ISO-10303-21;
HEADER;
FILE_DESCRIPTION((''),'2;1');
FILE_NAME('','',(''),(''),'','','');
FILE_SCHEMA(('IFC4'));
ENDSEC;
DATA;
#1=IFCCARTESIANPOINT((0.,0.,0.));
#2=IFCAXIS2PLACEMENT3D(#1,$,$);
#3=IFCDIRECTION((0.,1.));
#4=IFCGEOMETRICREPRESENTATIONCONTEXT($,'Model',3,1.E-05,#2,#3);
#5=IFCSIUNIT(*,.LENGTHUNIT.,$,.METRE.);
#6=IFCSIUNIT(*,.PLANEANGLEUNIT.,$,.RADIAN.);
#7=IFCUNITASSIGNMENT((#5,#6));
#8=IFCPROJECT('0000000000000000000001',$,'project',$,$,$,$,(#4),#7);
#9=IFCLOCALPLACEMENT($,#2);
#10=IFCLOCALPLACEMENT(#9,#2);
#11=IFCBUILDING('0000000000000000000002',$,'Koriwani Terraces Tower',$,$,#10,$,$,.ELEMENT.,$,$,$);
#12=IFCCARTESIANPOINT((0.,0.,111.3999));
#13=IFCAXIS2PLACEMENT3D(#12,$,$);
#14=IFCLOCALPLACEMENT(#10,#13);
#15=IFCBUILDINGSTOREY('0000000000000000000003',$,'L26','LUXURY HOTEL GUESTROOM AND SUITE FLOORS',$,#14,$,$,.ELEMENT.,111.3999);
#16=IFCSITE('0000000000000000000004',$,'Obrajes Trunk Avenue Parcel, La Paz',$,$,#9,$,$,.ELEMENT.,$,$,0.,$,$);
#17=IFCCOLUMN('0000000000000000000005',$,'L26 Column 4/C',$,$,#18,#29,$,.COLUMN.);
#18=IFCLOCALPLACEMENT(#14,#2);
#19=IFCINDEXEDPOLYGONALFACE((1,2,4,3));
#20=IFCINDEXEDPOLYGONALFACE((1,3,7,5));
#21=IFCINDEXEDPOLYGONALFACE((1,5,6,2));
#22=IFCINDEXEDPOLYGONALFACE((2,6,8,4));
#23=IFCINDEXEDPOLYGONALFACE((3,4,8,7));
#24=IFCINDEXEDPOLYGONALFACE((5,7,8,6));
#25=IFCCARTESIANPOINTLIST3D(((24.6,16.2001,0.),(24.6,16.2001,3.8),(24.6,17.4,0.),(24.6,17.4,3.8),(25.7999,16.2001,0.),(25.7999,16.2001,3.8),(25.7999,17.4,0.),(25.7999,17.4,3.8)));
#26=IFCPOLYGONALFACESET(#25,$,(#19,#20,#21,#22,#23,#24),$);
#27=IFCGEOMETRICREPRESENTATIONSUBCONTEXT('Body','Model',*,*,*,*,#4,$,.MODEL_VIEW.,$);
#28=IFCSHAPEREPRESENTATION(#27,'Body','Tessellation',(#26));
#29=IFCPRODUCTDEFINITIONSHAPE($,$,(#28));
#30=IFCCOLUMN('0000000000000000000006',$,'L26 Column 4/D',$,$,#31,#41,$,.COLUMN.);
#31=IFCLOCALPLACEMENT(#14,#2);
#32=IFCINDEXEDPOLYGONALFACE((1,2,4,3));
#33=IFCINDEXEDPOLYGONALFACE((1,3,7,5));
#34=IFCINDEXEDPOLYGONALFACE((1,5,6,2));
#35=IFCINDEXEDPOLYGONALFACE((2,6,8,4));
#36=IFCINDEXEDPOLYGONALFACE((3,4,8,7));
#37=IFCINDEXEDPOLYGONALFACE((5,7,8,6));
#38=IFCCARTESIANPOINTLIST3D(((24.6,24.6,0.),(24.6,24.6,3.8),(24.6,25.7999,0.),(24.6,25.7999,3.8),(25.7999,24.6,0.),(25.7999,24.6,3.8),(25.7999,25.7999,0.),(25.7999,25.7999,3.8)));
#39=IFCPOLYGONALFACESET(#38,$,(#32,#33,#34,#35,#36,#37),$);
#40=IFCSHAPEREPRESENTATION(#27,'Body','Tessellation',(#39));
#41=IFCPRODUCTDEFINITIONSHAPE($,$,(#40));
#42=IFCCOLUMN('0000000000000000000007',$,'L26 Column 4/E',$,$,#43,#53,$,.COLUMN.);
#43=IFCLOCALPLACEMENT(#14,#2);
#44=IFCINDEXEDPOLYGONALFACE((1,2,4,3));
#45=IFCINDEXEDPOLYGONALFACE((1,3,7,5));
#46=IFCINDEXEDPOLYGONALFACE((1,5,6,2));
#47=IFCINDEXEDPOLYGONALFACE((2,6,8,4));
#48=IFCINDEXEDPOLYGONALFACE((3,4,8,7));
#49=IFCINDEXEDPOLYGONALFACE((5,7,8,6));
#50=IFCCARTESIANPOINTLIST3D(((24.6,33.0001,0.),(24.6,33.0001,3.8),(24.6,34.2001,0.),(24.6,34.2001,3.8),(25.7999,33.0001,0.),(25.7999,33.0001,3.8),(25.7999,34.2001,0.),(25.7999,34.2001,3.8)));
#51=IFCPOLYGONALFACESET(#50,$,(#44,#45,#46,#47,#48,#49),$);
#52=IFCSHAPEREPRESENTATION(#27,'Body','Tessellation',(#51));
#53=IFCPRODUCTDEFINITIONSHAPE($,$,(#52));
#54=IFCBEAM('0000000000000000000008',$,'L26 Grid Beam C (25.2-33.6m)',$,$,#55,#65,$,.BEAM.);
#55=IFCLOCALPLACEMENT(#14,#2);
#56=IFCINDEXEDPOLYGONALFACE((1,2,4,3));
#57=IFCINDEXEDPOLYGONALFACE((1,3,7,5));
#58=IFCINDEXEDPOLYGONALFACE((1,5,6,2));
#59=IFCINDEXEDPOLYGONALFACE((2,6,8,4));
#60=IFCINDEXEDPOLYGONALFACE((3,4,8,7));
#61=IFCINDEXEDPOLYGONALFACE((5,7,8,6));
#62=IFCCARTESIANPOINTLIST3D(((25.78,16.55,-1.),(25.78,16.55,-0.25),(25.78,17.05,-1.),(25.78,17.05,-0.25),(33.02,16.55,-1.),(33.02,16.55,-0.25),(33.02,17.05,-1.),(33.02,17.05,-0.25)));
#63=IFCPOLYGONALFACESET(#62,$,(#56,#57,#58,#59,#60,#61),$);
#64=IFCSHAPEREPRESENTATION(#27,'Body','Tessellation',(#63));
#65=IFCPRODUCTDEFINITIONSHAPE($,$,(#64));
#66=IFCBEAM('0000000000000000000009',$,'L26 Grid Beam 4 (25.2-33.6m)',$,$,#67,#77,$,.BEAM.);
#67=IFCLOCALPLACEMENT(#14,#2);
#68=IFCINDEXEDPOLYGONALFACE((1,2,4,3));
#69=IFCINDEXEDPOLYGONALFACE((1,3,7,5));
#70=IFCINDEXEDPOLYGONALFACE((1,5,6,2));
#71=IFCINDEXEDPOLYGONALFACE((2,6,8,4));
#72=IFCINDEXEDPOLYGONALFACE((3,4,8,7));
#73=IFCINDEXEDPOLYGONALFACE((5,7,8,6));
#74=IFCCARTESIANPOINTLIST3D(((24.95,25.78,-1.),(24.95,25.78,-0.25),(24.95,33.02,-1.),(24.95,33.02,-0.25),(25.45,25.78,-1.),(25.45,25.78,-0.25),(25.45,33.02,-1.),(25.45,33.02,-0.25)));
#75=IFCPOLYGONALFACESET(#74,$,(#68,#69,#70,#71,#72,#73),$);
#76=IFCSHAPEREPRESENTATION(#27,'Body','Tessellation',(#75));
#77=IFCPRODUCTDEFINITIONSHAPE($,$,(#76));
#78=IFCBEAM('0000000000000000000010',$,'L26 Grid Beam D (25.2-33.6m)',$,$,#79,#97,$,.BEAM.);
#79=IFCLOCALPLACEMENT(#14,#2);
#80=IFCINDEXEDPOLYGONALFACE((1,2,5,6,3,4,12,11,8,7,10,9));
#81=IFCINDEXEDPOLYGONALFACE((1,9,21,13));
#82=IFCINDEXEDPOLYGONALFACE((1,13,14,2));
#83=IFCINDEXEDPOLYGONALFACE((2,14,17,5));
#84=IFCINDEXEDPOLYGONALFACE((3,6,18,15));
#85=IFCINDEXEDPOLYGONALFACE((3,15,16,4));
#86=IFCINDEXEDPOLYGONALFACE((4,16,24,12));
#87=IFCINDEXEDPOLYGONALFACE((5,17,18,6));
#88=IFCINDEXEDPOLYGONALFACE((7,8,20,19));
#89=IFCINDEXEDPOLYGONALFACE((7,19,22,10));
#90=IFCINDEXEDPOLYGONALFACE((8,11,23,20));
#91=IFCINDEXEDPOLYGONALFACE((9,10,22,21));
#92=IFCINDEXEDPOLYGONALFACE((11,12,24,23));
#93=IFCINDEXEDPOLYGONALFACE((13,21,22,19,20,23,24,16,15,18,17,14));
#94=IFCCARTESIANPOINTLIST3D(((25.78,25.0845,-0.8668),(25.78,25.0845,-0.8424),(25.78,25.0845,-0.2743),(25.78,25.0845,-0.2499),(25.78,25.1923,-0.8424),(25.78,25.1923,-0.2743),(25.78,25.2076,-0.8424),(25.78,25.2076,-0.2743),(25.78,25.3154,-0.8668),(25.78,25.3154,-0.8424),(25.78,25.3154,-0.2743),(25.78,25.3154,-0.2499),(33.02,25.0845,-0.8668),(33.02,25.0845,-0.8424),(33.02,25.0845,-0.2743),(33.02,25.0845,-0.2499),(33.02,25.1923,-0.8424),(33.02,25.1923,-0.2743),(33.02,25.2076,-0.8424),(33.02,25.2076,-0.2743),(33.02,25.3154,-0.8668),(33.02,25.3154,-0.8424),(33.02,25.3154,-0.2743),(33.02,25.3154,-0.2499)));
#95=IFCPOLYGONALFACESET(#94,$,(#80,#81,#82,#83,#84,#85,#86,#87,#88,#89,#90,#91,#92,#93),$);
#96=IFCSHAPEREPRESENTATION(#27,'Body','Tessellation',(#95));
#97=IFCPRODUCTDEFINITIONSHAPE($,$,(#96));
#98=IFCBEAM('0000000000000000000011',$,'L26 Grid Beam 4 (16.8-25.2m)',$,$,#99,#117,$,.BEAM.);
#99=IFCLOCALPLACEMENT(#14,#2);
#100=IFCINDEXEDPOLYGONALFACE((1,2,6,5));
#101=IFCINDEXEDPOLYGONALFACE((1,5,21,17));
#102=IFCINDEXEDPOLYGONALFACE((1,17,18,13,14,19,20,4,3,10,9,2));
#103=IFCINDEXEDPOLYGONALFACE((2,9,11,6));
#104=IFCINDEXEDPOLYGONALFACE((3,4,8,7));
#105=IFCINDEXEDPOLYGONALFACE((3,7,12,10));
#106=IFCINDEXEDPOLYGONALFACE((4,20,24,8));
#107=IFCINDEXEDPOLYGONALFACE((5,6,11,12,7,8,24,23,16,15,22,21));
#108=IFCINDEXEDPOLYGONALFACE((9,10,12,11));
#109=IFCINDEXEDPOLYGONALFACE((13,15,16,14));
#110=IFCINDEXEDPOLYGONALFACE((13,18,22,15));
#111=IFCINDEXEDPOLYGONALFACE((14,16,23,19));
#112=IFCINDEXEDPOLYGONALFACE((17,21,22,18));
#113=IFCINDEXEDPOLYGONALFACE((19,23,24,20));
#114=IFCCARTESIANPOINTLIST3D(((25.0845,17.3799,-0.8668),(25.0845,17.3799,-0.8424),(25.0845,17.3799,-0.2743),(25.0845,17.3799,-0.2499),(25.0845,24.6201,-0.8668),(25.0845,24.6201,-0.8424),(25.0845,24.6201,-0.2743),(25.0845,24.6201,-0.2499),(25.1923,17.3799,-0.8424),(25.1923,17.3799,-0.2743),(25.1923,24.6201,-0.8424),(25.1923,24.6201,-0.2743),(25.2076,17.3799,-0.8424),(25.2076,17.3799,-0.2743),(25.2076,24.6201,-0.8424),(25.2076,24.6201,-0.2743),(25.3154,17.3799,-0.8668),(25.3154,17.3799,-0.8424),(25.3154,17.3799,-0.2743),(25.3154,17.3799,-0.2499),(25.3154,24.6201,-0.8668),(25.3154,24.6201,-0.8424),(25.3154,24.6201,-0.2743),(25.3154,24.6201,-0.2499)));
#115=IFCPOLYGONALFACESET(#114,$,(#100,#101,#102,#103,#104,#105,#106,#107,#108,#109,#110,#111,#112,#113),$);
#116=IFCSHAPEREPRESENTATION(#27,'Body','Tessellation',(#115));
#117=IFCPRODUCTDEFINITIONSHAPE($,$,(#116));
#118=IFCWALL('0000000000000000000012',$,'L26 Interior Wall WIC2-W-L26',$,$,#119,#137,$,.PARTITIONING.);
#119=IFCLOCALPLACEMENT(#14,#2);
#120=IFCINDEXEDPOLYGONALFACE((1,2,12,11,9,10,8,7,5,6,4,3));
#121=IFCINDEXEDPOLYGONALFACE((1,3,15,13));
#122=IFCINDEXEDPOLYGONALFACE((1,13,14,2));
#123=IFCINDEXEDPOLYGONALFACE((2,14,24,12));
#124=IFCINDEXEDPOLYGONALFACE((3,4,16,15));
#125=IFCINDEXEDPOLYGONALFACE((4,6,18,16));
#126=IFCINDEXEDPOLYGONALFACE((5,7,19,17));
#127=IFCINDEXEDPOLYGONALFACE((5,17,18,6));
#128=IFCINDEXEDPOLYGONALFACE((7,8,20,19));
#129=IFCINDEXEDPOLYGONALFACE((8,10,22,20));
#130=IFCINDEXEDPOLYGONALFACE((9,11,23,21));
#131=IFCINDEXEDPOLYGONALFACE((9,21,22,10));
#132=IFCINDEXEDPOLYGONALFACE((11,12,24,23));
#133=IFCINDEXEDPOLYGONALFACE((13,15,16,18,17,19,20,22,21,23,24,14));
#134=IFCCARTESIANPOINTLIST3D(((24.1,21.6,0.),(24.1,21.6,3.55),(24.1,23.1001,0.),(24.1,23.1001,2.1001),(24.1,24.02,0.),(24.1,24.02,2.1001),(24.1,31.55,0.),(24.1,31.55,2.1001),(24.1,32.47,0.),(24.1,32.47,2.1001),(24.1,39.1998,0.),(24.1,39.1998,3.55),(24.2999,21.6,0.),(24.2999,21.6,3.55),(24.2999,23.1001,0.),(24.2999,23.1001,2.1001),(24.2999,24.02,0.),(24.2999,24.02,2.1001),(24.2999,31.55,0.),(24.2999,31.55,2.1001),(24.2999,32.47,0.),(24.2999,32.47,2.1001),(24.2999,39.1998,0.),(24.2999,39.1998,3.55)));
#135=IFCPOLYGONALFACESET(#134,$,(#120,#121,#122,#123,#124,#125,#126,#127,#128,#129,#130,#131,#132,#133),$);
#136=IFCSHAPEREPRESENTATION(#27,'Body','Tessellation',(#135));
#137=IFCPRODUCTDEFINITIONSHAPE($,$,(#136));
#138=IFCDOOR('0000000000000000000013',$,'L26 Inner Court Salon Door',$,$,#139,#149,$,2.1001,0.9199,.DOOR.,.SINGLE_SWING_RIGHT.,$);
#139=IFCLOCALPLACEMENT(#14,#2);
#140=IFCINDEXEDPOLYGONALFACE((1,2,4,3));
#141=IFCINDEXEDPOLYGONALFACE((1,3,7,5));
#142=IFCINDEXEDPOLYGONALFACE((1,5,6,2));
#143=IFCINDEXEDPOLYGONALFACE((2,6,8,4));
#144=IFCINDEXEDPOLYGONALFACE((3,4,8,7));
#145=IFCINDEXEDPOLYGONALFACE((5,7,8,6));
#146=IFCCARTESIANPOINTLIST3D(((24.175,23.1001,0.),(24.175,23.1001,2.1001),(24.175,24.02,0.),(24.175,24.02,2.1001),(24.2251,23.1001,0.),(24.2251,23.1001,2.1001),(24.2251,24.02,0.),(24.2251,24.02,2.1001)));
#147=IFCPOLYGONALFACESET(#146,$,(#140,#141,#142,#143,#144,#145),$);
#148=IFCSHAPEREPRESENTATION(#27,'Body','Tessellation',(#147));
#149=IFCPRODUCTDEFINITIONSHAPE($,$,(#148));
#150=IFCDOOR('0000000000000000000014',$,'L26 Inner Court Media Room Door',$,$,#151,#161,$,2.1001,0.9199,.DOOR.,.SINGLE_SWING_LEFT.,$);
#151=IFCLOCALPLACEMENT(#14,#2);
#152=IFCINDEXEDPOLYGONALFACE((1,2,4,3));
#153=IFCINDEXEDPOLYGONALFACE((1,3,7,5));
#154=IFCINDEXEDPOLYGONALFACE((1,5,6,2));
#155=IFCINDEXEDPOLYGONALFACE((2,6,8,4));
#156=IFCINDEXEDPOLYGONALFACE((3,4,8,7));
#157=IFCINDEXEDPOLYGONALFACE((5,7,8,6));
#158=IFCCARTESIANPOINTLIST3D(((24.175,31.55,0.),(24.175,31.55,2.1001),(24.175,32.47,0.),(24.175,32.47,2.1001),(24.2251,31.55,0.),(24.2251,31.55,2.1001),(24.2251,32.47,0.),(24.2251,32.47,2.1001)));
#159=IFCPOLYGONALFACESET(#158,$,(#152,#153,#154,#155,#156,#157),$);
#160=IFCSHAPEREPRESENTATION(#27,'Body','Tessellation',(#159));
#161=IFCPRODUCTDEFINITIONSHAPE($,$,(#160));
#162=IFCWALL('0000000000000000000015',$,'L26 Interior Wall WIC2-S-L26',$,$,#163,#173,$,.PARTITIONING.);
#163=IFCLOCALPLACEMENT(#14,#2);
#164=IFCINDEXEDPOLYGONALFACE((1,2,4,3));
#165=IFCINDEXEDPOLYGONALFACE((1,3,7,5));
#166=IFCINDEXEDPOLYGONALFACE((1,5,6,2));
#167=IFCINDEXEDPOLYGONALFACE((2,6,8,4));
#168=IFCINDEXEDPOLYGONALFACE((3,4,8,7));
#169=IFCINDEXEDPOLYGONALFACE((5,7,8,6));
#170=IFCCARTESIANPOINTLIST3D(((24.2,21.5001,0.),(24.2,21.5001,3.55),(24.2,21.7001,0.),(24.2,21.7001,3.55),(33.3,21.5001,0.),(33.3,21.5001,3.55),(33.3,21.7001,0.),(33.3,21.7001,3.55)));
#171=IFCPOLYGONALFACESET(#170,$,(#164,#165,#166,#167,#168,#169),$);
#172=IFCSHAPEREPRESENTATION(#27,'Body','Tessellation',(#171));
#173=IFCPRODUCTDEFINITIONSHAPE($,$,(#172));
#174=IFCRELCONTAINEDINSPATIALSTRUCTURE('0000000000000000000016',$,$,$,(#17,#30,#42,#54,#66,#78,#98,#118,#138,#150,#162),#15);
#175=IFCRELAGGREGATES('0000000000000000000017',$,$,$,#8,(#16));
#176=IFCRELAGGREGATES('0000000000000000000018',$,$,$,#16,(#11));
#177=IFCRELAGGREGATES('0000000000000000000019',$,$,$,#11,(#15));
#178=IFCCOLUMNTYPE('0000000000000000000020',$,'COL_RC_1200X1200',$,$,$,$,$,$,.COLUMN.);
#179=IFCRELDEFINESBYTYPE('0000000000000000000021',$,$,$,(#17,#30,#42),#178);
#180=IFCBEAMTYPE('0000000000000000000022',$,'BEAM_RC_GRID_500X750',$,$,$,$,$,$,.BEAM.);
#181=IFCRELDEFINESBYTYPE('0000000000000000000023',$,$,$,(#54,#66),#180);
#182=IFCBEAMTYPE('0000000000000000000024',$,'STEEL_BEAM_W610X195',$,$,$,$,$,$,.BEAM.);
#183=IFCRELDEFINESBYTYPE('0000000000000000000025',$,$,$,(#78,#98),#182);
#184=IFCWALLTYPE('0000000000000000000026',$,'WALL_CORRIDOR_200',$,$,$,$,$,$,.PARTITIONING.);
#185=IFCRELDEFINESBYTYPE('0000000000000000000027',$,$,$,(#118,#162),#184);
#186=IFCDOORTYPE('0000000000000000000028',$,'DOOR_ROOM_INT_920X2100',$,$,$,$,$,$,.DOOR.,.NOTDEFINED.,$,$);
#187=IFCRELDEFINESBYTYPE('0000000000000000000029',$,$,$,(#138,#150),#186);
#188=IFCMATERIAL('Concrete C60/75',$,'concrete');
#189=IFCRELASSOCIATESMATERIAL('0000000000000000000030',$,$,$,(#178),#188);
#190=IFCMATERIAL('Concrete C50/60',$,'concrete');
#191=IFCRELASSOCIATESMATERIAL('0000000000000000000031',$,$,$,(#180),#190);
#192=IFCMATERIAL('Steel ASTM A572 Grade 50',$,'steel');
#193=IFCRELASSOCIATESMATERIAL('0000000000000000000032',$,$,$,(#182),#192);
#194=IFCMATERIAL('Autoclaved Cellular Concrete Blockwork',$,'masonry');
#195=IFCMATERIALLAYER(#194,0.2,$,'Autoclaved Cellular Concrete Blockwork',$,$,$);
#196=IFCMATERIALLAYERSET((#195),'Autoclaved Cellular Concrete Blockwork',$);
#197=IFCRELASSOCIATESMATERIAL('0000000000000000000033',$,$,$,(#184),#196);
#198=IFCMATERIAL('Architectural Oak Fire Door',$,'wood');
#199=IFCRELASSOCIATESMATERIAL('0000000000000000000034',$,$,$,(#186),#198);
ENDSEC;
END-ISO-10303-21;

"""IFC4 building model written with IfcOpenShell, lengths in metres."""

from ifc_helpers import new_model, si_unit, direction, frame, frame_2d, origin, origin_2d, place, context, subcontext, project, spatial, rectangle, i_section, extrude, material, layer, layer_set, material_profile, profile_set, type_object, element, fill, save


model = new_model("IFC4")

# Units and contexts
model_context = context("Model", 3, precision=1e-05, world=origin(), true_north=direction((0.0, 1.0)))
body_context = subcontext(model_context, "Body", "Model", "MODEL_VIEW")
ifc_project = project(units=[si_unit("LENGTHUNIT", "METRE"), si_unit("PLANEANGLEUNIT", "RADIAN")], contexts=[model_context])

# Site, building, storey
site_placement = place(None, origin())
site = spatial("IfcSite", under=ifc_project, at=site_placement, Name="Obrajes Trunk Avenue Parcel, La Paz", CompositionType="ELEMENT", RefElevation=0.0)
building_placement = place(site_placement, origin())
building = spatial("IfcBuilding", under=site, at=building_placement, Name="Koriwani Terraces Tower", CompositionType="ELEMENT")
storey_placement = place(building_placement, frame((0.0, 0.0, 111.3999)))
storey = spatial("IfcBuildingStorey", under=building, at=storey_placement, Name="L26", Description="LUXURY HOTEL GUESTROOM AND SUITE FLOORS", CompositionType="ELEMENT", Elevation=111.3999)

# Columns
ifc_material_1 = material(Name="Concrete C60/75", Category="concrete")
ifc_material_profile_1 = material_profile(ifc_material_1, rectangle(XDim=1.2, YDim=1.2, at=origin_2d()), Name="Concrete C60/75", Category="LoadBearing")
ifc_profile_set_1 = profile_set([ifc_material_profile_1], Name="Concrete C60/75")
column_type = type_object("IfcColumnType", Name="COL_RC_1200X1200", PredefinedType="COLUMN", material=ifc_profile_set_1)
for number, where, z_axis, x_axis, name in (
    (1, (25.2, 16.8, 0.0), (0.0, 0.0, 1.0), (1.0, 0.0, 0.0), "L26 Column 4/C"),
    (2, (25.2, 25.2, 0.0), (0.0, 0.0, 1.0), (1.0, 0.0, 0.0), "L26 Column 4/D"),
    (3, (25.2, 33.6001, 0.0), (0.0, 0.0, 1.0), (1.0, 0.0, 0.0), "L26 Column 4/E"),
):
    element("IfcColumn", number, at=place(storey_placement, frame(where, z_axis=z_axis, x_axis=x_axis)), inside=storey, type_object=column_type, Name=name, PredefinedType="COLUMN", context=body_context, shape_type="SweptSolid", body=[
        extrude(rectangle(XDim=1.2, YDim=1.2, at=origin_2d()), origin(), (0.0, 0.0, 1.0), 3.8),
    ])

# Beams
ifc_material_2 = material(Name="Concrete C50/60", Category="concrete")
ifc_material_profile_2 = material_profile(ifc_material_2, rectangle(XDim=0.5, YDim=0.75, at=origin_2d()), Name="Concrete C50/60", Category="LoadBearing")
ifc_profile_set_2 = profile_set([ifc_material_profile_2], Name="Concrete C50/60")
beam_type_1 = type_object("IfcBeamType", Name="BEAM_RC_GRID_500X750", PredefinedType="BEAM", material=ifc_profile_set_2)
for number, where, z_axis, x_axis, name in (
    (4, (25.78, 16.8, -0.625), (1.0, 0.0, 0.0), (0.0, 1.0, 0.0), "L26 Grid Beam C (25.2-33.6m)"),
    (5, (25.2, 25.78, -0.625), (0.0, 1.0, 0.0), (-1.0, 0.0, 0.0), "L26 Grid Beam 4 (25.2-33.6m)"),
):
    element("IfcBeam", number, at=place(storey_placement, frame(where, z_axis=z_axis, x_axis=x_axis)), inside=storey, type_object=beam_type_1, Name=name, PredefinedType="BEAM", context=body_context, shape_type="SweptSolid", body=[
        extrude(rectangle(XDim=0.5, YDim=0.75, at=origin_2d()), origin(), (0.0, 0.0, 1.0), 7.24),
    ])
ifc_material_3 = material(Name="Steel ASTM A572 Grade 50", Category="steel")
ifc_material_profile_3 = material_profile(ifc_material_3, i_section(OverallWidth=0.231, OverallDepth=0.6169, WebThickness=0.0154, FlangeThickness=0.0244, at=origin_2d()), Name="Steel ASTM A572 Grade 50", Category="LoadBearing")
ifc_profile_set_3 = profile_set([ifc_material_profile_3], Name="Steel ASTM A572 Grade 50")
beam_type_2 = type_object("IfcBeamType", Name="STEEL_BEAM_W610X195", PredefinedType="BEAM", material=ifc_profile_set_3)
beam_1_placement = place(storey_placement, frame((25.78, 25.2, -0.5583), z_axis=(1.0, 0.0, 0.0), x_axis=(0.0, 1.0, 0.0)))
element("IfcBeam", 6, at=beam_1_placement, inside=storey, type_object=beam_type_2, Name="L26 Grid Beam D (25.2-33.6m)", PredefinedType="BEAM", context=body_context, shape_type="SweptSolid", body=[
    extrude(i_section(OverallWidth=0.231, OverallDepth=0.6169, WebThickness=0.0154, FlangeThickness=0.0244, at=origin_2d()), origin(), (0.0, 0.0, 1.0), 7.24),
])
beam_2_placement = place(storey_placement, frame((25.2, 17.3799, -0.5583), z_axis=(0.0, 1.0, 0.0), x_axis=(-1.0, 0.0, 0.0)))
element("IfcBeam", 7, at=beam_2_placement, inside=storey, type_object=beam_type_2, Name="L26 Grid Beam 4 (16.8-25.2m)", PredefinedType="BEAM", context=body_context, shape_type="SweptSolid", body=[
    extrude(i_section(OverallWidth=0.231, OverallDepth=0.6169, WebThickness=0.0154, FlangeThickness=0.0244, at=origin_2d()), origin(), (0.0, 0.0, 1.0), 7.2402),
])

# Wall, openings, doors
ifc_material_4 = material(Name="Autoclaved Cellular Concrete Blockwork", Category="masonry")
ifc_layer_1 = layer(ifc_material_4, 0.2, Name="Autoclaved Cellular Concrete Blockwork")
ifc_layer_set_1 = layer_set([ifc_layer_1], Name="Autoclaved Cellular Concrete Blockwork")
wall_type_1 = type_object("IfcWallType", Name="WALL_CORRIDOR_200", PredefinedType="PARTITIONING", material=ifc_layer_set_1)
wall_1_placement = place(storey_placement, frame((24.2, 21.6001, 0.0), z_axis=(0.0, 0.0, 1.0), x_axis=(0.0, 1.0, 0.0)))
wall_1 = element("IfcWall", 8, at=wall_1_placement, inside=storey, type_object=wall_type_1, Name="L26 Interior Wall WIC2-W-L26", PredefinedType="PARTITIONING", context=body_context, shape_type="SweptSolid", body=[
    extrude(rectangle(XDim=17.5999, YDim=0.2, at=frame_2d((8.7998, 0.0))), origin(), (0.0, 0.0, 1.0), 3.55),
])
opening_1_placement = place(wall_1_placement, frame((1.5, 0.0, 0.0)))
opening_1 = element("IfcOpeningElement", 9, at=opening_1_placement, cuts=wall_1, PredefinedType="OPENING", context=body_context, shape_type="SweptSolid", body=[
    extrude(rectangle(XDim=0.9199, YDim=2.1001, at=frame_2d((0.46, 1.05))), frame((0.0, 0.1099, 0.0), z_axis=(0.0, -1.0, 0.0), x_axis=(1.0, 0.0, 0.0)), (0.0, 0.0, 1.0), 0.22),
])
opening_2_placement = place(wall_1_placement, frame((9.95, 0.0, 0.0)))
opening_2 = element("IfcOpeningElement", 10, at=opening_2_placement, cuts=wall_1, PredefinedType="OPENING", context=body_context, shape_type="SweptSolid", body=[
    extrude(rectangle(XDim=0.9199, YDim=2.1001, at=frame_2d((0.46, 1.05))), frame((0.0, 0.1099, 0.0), z_axis=(0.0, -1.0, 0.0), x_axis=(1.0, 0.0, 0.0)), (0.0, 0.0, 1.0), 0.22),
])
ifc_material_5 = material(Name="Architectural Oak Fire Door", Category="wood")
door_type_1 = type_object("IfcDoorType", Name="DOOR_ROOM_INT_920X2100", OperationType="NOTDEFINED", PredefinedType="DOOR", material=ifc_material_5)
door_1_placement = place(opening_1_placement, origin())
door_1 = element("IfcDoor", 11, at=door_1_placement, inside=storey, type_object=door_type_1, Name="L26 Inner Court Salon Door", OperationType="SINGLE_SWING_RIGHT", OverallHeight=2.1001, OverallWidth=0.9199, PredefinedType="DOOR", context=body_context, shape_type="SweptSolid", body=[
    extrude(rectangle(XDim=0.9199, YDim=2.1001, at=frame_2d((0.46, 1.05))), frame((0.0, 0.0249, 0.0), z_axis=(0.0, -1.0, 0.0), x_axis=(1.0, 0.0, 0.0)), (0.0, 0.0, 1.0), 0.05),
])
fill(opening_1, door_1)
door_2_placement = place(opening_2_placement, origin())
door_2 = element("IfcDoor", 12, at=door_2_placement, inside=storey, type_object=door_type_1, Name="L26 Inner Court Media Room Door", OperationType="SINGLE_SWING_LEFT", OverallHeight=2.1001, OverallWidth=0.9199, PredefinedType="DOOR", context=body_context, shape_type="SweptSolid", body=[
    extrude(rectangle(XDim=0.9199, YDim=2.1001, at=frame_2d((0.46, 1.05))), frame((0.0, 0.0249, 0.0), z_axis=(0.0, -1.0, 0.0), x_axis=(1.0, 0.0, 0.0)), (0.0, 0.0, 1.0), 0.05),
])
fill(opening_2, door_2)

# Wall
wall_2_placement = place(storey_placement, frame((24.2, 21.6001, 0.0), z_axis=(0.0, 0.0, 1.0), x_axis=(1.0, 0.0, 0.0)))
element("IfcWall", 13, at=wall_2_placement, inside=storey, type_object=wall_type_1, Name="L26 Interior Wall WIC2-S-L26", PredefinedType="PARTITIONING", context=body_context, shape_type="SweptSolid", body=[
    extrude(rectangle(XDim=9.1001, YDim=0.2, at=frame_2d((4.55, 0.0))), origin(), (0.0, 0.0, 1.0), 3.55),
])

save(model, "model.ifc")
